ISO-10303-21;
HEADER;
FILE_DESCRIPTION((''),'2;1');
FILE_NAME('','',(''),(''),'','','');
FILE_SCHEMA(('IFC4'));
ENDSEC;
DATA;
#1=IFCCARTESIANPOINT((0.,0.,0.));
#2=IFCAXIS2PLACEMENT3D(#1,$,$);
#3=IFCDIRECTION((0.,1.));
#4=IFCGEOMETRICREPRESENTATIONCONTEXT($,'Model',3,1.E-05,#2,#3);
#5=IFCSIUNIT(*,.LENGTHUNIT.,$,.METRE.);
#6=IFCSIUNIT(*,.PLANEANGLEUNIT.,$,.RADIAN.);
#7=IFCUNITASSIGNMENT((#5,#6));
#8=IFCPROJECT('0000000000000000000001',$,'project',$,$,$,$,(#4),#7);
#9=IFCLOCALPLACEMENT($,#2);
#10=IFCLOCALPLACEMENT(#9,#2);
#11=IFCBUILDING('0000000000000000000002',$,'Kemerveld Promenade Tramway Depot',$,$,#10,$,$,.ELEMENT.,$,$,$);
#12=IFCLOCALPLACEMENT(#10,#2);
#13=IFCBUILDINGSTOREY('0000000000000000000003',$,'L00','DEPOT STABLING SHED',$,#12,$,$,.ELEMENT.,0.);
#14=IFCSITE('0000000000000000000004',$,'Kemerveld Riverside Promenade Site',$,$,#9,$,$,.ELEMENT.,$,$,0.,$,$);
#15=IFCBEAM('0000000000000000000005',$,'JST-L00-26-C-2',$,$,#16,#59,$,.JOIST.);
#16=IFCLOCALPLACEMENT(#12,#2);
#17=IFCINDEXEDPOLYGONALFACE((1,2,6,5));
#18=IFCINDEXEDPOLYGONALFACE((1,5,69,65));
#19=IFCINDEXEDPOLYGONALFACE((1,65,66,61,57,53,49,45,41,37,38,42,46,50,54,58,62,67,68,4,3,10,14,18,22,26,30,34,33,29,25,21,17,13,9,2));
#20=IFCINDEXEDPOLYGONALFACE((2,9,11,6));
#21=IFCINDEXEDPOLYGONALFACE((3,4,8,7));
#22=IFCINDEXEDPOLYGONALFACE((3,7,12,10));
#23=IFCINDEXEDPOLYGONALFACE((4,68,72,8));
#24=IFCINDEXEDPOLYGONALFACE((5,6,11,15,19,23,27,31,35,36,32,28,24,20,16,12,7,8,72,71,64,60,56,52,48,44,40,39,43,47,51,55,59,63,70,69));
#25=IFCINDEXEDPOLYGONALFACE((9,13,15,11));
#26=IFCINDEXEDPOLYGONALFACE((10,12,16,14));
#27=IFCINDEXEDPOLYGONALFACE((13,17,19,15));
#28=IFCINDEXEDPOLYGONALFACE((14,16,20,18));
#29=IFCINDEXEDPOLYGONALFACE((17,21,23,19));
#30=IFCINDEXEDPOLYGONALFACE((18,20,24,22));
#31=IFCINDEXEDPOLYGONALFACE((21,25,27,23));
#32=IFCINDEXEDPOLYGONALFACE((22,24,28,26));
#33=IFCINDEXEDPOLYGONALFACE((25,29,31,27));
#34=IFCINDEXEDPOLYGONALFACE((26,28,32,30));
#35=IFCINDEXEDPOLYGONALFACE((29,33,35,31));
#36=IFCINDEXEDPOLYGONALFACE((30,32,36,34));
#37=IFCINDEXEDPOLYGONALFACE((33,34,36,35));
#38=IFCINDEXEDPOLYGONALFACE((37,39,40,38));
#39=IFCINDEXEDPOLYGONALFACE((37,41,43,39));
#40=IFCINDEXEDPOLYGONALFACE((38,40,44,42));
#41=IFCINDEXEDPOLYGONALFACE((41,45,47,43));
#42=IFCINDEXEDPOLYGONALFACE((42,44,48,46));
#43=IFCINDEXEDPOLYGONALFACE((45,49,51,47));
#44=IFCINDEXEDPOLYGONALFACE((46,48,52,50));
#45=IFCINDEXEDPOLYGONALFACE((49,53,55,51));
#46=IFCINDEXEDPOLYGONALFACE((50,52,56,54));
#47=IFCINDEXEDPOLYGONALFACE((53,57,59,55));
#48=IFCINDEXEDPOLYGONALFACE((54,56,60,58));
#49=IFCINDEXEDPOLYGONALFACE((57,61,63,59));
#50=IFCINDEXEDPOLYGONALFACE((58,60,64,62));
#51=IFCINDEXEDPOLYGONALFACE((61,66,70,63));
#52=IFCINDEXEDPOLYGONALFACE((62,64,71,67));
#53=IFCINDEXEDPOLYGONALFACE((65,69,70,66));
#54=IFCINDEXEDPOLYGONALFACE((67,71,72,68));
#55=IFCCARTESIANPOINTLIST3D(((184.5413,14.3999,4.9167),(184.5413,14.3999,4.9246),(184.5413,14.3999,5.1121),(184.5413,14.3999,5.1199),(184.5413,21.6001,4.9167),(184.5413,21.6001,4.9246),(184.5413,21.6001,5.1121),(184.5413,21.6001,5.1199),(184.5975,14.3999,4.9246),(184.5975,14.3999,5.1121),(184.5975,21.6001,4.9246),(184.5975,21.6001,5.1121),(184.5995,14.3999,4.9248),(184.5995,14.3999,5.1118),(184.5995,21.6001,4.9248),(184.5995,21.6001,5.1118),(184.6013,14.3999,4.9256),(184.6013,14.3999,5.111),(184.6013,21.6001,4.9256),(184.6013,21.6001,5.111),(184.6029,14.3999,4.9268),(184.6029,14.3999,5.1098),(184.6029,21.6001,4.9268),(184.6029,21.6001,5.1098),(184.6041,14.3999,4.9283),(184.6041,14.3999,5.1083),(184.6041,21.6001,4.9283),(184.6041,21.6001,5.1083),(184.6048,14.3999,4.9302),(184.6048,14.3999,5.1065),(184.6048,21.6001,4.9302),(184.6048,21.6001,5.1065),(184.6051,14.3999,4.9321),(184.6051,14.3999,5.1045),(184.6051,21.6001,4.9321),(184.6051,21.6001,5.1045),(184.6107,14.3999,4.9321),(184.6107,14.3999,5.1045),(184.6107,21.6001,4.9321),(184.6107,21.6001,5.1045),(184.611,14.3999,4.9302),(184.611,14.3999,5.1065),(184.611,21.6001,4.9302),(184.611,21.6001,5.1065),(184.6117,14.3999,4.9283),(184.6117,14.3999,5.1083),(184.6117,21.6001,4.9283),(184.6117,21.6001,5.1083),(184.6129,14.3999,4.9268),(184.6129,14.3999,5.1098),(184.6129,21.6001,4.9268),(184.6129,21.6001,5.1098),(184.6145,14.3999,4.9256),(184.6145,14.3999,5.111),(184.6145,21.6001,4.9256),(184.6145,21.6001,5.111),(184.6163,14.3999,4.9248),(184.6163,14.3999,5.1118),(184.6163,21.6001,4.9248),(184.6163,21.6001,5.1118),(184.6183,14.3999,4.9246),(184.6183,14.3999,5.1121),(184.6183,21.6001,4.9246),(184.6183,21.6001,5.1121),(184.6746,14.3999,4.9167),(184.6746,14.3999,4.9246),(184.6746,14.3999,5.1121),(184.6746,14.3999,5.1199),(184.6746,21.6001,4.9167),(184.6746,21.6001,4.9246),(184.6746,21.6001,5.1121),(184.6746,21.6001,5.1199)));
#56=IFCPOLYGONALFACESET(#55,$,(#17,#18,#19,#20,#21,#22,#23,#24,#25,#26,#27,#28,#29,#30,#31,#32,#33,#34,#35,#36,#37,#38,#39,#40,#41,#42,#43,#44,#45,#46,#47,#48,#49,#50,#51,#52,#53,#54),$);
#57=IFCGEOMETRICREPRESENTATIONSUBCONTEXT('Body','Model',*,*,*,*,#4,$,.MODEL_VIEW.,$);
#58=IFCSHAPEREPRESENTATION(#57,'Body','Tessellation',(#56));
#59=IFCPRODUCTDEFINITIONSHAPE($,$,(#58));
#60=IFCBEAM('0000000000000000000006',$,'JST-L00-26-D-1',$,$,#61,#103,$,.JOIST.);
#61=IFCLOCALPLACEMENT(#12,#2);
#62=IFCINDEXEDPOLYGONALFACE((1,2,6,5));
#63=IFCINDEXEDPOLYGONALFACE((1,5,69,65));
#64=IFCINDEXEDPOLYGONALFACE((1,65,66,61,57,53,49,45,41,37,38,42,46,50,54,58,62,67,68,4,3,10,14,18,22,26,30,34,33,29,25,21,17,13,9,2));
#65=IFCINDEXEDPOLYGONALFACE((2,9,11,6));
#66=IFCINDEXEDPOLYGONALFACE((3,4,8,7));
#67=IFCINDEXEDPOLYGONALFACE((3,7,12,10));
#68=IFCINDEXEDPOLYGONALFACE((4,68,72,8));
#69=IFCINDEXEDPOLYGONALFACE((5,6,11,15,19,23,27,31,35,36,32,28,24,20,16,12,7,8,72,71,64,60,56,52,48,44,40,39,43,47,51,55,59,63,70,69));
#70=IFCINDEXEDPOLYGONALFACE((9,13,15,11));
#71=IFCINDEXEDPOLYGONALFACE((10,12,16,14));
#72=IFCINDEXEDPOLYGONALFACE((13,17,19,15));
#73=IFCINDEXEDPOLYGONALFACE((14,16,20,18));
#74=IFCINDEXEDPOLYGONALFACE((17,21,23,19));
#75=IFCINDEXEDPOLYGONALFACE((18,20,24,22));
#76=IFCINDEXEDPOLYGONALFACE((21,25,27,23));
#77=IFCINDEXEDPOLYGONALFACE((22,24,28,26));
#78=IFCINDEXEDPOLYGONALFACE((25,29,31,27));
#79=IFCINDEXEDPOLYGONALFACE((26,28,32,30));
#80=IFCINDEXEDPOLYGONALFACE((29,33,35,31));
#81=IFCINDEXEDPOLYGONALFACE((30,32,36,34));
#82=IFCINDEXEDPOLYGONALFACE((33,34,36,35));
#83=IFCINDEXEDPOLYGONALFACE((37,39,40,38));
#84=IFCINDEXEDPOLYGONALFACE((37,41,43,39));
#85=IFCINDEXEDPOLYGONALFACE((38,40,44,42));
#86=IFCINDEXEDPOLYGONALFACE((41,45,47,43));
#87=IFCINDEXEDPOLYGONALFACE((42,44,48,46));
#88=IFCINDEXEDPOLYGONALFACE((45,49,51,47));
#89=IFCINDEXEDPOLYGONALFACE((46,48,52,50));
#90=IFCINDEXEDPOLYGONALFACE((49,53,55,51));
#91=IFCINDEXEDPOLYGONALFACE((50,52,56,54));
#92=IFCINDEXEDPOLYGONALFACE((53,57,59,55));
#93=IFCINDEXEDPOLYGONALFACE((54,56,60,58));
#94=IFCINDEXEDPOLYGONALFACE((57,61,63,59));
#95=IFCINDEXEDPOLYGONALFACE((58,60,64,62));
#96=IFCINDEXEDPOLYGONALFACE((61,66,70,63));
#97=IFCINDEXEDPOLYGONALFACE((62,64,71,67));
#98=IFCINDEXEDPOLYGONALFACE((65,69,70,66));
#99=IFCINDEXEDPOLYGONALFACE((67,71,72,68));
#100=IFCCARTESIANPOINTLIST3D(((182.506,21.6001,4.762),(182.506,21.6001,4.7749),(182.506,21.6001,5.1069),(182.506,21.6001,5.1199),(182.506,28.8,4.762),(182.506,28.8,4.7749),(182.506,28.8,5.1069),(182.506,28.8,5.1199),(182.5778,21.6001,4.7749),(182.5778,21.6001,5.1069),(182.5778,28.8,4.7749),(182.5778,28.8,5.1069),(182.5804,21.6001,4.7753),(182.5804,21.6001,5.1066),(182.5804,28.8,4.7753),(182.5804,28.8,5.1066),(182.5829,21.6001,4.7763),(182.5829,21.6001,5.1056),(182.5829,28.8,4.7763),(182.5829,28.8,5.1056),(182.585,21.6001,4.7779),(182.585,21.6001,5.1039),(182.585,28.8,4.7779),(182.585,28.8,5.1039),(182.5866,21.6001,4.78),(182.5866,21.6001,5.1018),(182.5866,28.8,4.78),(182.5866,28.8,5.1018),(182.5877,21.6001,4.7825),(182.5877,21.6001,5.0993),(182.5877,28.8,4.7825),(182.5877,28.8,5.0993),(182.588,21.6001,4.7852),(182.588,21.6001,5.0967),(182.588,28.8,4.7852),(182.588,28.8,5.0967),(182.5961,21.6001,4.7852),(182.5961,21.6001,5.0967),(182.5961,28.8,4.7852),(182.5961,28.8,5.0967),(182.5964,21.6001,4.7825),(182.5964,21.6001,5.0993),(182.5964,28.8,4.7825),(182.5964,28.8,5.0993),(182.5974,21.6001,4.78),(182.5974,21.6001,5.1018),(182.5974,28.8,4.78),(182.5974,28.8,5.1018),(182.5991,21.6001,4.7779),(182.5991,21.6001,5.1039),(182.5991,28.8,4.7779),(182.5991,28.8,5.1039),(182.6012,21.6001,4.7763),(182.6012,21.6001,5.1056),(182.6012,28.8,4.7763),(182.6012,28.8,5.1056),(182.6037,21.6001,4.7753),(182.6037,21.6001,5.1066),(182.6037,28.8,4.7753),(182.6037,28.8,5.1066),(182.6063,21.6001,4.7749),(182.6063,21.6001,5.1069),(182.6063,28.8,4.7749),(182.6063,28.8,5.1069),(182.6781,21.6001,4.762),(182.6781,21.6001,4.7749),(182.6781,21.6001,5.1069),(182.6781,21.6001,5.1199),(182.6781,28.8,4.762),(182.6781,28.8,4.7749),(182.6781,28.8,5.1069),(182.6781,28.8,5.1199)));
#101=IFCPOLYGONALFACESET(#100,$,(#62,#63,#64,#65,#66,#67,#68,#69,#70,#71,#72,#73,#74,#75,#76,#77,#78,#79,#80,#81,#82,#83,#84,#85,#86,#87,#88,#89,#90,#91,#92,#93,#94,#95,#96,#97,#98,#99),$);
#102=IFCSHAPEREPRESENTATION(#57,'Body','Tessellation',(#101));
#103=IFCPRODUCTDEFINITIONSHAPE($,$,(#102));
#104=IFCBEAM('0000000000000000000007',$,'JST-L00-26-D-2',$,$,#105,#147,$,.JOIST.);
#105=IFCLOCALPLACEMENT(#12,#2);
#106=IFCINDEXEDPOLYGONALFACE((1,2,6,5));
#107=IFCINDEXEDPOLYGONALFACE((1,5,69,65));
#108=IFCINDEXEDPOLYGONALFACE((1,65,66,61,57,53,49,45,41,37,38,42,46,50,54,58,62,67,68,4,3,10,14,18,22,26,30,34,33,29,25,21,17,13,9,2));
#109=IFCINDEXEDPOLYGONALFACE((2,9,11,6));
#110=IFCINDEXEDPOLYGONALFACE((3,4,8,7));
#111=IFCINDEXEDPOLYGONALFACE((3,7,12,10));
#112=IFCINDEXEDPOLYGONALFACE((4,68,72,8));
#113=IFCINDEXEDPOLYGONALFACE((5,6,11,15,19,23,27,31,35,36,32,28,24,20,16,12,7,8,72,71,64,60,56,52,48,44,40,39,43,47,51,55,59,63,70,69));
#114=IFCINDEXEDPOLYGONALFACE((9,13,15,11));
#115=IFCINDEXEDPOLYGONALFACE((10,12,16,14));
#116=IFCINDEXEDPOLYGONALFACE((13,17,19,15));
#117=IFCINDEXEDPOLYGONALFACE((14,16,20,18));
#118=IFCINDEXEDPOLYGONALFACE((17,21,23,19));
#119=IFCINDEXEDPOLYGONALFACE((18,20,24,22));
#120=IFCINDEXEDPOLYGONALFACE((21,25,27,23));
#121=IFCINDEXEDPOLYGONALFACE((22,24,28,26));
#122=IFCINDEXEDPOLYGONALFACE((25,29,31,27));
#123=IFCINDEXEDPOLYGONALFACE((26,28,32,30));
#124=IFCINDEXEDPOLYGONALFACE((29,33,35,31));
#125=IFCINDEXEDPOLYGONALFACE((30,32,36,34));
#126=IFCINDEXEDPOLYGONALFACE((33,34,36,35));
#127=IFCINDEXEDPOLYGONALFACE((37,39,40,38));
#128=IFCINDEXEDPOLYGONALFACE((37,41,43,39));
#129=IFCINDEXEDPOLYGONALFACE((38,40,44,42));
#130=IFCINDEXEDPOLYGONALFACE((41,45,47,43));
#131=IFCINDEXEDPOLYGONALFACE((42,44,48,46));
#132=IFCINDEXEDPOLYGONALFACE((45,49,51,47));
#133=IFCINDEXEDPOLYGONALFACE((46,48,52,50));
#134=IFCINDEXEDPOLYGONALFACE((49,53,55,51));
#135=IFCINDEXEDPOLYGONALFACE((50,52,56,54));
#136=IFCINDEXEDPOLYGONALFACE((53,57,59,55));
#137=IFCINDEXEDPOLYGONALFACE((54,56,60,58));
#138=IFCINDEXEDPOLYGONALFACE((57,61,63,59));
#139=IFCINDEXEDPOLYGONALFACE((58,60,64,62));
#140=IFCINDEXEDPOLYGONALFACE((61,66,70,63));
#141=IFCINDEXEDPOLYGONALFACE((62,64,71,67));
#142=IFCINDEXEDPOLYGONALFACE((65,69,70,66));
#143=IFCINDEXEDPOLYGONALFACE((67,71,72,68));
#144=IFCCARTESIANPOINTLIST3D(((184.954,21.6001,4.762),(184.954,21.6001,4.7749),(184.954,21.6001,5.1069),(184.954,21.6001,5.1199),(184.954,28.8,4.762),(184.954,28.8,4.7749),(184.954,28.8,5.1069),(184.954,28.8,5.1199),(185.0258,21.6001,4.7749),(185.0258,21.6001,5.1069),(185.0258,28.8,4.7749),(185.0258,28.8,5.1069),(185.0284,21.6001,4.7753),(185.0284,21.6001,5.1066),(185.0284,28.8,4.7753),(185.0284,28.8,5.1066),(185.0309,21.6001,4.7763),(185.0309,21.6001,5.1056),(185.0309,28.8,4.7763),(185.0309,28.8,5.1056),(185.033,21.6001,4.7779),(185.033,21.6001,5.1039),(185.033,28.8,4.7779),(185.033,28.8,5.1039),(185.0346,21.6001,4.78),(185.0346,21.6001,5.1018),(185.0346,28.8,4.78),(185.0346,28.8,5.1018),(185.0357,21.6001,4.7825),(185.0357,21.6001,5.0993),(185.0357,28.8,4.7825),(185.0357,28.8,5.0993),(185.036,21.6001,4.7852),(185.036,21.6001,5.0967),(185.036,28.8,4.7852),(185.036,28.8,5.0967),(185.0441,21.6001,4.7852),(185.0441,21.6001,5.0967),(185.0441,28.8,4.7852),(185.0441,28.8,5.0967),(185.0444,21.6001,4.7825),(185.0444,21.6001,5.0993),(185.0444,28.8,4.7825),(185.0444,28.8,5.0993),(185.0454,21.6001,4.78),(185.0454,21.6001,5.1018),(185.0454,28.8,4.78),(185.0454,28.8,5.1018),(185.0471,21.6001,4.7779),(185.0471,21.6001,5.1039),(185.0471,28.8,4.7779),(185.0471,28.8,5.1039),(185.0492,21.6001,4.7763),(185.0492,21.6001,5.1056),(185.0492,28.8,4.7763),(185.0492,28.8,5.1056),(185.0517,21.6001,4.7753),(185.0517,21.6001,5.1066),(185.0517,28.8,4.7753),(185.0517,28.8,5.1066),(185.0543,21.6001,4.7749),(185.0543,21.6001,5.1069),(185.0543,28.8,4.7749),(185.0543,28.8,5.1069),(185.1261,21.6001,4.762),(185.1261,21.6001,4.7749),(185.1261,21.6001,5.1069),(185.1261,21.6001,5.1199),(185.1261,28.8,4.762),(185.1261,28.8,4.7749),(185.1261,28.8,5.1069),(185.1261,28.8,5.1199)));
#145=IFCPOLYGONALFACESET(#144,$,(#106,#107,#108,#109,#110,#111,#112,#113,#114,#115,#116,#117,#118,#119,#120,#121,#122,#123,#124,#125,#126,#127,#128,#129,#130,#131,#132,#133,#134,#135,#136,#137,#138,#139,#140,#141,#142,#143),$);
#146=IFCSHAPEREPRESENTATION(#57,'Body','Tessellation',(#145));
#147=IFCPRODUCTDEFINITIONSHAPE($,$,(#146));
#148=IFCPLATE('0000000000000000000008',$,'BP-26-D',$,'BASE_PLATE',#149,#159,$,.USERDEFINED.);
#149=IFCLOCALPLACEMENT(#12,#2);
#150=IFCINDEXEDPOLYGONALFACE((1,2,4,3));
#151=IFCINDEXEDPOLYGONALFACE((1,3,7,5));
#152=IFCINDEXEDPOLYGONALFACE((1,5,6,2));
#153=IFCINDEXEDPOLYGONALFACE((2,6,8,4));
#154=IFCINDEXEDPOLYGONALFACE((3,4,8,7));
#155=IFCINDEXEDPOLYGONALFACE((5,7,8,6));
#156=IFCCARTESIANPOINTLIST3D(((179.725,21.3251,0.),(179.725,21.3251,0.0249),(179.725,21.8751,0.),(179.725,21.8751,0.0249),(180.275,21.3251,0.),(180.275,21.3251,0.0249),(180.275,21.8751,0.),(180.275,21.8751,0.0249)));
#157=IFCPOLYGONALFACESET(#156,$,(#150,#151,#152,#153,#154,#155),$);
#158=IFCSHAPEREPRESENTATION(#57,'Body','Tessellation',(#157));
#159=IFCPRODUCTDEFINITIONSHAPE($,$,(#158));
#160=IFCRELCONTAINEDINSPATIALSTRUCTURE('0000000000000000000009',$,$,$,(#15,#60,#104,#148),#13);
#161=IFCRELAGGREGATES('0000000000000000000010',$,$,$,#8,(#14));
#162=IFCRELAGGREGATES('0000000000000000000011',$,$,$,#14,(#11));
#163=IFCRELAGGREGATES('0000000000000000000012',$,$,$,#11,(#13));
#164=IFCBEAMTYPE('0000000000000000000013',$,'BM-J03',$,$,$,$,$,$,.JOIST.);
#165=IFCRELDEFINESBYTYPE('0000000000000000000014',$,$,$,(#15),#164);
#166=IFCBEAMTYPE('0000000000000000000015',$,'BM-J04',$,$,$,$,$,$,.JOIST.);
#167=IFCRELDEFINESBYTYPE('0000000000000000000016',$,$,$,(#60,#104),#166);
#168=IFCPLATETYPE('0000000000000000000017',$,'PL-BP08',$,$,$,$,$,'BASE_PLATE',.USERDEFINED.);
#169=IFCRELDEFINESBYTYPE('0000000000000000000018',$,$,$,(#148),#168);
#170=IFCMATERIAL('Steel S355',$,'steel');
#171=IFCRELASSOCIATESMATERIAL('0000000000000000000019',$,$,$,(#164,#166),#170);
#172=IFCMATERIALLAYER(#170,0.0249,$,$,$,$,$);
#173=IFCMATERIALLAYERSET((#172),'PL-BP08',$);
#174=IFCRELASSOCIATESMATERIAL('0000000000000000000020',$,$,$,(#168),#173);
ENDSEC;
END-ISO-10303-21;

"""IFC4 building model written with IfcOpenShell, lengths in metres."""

from ifc_helpers import new_model, si_unit, direction, frame, origin, origin_2d, place, context, subcontext, project, spatial, rectangle, i_section, extrude, material, layer, layer_set, material_profile, profile_set, type_object, element, save


model = new_model("IFC4")

# Units and contexts
model_context = context("Model", 3, precision=1e-05, world=origin(), true_north=direction((0.0, 1.0)))
body_context = subcontext(model_context, "Body", "Model", "MODEL_VIEW")
ifc_project = project(units=[si_unit("LENGTHUNIT", "METRE"), si_unit("PLANEANGLEUNIT", "RADIAN")], contexts=[model_context])

# Site, building, storey
site_placement = place(None, origin())
site = spatial("IfcSite", under=ifc_project, at=site_placement, Name="Kemerveld Riverside Promenade Site", CompositionType="ELEMENT", RefElevation=0.0)
building_placement = place(site_placement, origin())
building = spatial("IfcBuilding", under=site, at=building_placement, Name="Kemerveld Promenade Tramway Depot", CompositionType="ELEMENT")
storey_placement = place(building_placement, origin())
storey = spatial("IfcBuildingStorey", under=building, at=storey_placement, Name="L00", Description="DEPOT STABLING SHED", CompositionType="ELEMENT", Elevation=0.0)

# Shared definitions
ifc_material_1 = material(Name="Steel S355", Category="steel")

# Beams
ifc_material_profile_1 = material_profile(ifc_material_1, i_section(OverallWidth=0.1333, OverallDepth=0.2031, WebThickness=0.0056, FlangeThickness=0.0078, FilletRadius=0.0076, at=origin_2d()), Name="203x133x25 UB")
ifc_profile_set_1 = profile_set([ifc_material_profile_1], Name="Steel S355")
beam_type_1 = type_object("IfcBeamType", Name="BM-J03", PredefinedType="JOIST", material=ifc_profile_set_1)
for number, where, z_axis, x_axis, name in (
    (1, (184.6079, 14.3999, 5.0183), (0.0, 1.0, 0.0), (-1.0, 0.0, 0.0), "JST-L00-26-C-2"),
):
    element("IfcBeam", number, at=place(storey_placement, frame(where, z_axis=z_axis, x_axis=x_axis)), inside=storey, type_object=beam_type_1, Name=name, PredefinedType="JOIST", context=body_context, shape_type="SweptSolid", body=[
        extrude(i_section(OverallWidth=0.1333, OverallDepth=0.2031, WebThickness=0.0056, FlangeThickness=0.0078, FilletRadius=0.0076, at=origin_2d()), origin(), (0.0, 0.0, 1.0), 7.2002),
    ])
ifc_material_profile_2 = material_profile(ifc_material_1, i_section(OverallWidth=0.1721, OverallDepth=0.3579, WebThickness=0.0081, FlangeThickness=0.0129, FilletRadius=0.0103, at=origin_2d()), Name="356x171x57 UB")
ifc_profile_set_2 = profile_set([ifc_material_profile_2], Name="Steel S355")
beam_type_2 = type_object("IfcBeamType", Name="BM-J04", PredefinedType="JOIST", material=ifc_profile_set_2)
for number, where, z_axis, x_axis, name in (
    (2, (182.592, 21.6001, 4.9409), (0.0, 1.0, 0.0), (-1.0, 0.0, 0.0), "JST-L00-26-D-1"),
    (3, (185.04, 21.6001, 4.9409), (0.0, 1.0, 0.0), (-1.0, 0.0, 0.0), "JST-L00-26-D-2"),
):
    element("IfcBeam", number, at=place(storey_placement, frame(where, z_axis=z_axis, x_axis=x_axis)), inside=storey, type_object=beam_type_2, Name=name, PredefinedType="JOIST", context=body_context, shape_type="SweptSolid", body=[
        extrude(i_section(OverallWidth=0.1721, OverallDepth=0.3579, WebThickness=0.0081, FlangeThickness=0.0129, FilletRadius=0.0103, at=origin_2d()), origin(), (0.0, 0.0, 1.0), 7.2),
    ])

# Plate
ifc_layer = layer(ifc_material_1, 0.0249)
ifc_layer_set = layer_set([ifc_layer], Name="PL-BP08")
plate_type = type_object("IfcPlateType", Name="PL-BP08", ElementType="BASE_PLATE", PredefinedType="USERDEFINED", material=ifc_layer_set)
plate_placement = place(storey_placement, frame((180.0, 21.6001, 0.0), z_axis=(0.0, 0.0, 1.0), x_axis=(1.0, 0.0, 0.0)))
element("IfcPlate", 4, at=plate_placement, inside=storey, type_object=plate_type, Name="BP-26-D", ObjectType="BASE_PLATE", PredefinedType="USERDEFINED", context=body_context, shape_type="SweptSolid", body=[
    extrude(rectangle(XDim=0.55, YDim=0.55, at=origin_2d()), origin(), (0.0, 0.0, 1.0), 0.0249),
])

save(model, "model.ifc")
